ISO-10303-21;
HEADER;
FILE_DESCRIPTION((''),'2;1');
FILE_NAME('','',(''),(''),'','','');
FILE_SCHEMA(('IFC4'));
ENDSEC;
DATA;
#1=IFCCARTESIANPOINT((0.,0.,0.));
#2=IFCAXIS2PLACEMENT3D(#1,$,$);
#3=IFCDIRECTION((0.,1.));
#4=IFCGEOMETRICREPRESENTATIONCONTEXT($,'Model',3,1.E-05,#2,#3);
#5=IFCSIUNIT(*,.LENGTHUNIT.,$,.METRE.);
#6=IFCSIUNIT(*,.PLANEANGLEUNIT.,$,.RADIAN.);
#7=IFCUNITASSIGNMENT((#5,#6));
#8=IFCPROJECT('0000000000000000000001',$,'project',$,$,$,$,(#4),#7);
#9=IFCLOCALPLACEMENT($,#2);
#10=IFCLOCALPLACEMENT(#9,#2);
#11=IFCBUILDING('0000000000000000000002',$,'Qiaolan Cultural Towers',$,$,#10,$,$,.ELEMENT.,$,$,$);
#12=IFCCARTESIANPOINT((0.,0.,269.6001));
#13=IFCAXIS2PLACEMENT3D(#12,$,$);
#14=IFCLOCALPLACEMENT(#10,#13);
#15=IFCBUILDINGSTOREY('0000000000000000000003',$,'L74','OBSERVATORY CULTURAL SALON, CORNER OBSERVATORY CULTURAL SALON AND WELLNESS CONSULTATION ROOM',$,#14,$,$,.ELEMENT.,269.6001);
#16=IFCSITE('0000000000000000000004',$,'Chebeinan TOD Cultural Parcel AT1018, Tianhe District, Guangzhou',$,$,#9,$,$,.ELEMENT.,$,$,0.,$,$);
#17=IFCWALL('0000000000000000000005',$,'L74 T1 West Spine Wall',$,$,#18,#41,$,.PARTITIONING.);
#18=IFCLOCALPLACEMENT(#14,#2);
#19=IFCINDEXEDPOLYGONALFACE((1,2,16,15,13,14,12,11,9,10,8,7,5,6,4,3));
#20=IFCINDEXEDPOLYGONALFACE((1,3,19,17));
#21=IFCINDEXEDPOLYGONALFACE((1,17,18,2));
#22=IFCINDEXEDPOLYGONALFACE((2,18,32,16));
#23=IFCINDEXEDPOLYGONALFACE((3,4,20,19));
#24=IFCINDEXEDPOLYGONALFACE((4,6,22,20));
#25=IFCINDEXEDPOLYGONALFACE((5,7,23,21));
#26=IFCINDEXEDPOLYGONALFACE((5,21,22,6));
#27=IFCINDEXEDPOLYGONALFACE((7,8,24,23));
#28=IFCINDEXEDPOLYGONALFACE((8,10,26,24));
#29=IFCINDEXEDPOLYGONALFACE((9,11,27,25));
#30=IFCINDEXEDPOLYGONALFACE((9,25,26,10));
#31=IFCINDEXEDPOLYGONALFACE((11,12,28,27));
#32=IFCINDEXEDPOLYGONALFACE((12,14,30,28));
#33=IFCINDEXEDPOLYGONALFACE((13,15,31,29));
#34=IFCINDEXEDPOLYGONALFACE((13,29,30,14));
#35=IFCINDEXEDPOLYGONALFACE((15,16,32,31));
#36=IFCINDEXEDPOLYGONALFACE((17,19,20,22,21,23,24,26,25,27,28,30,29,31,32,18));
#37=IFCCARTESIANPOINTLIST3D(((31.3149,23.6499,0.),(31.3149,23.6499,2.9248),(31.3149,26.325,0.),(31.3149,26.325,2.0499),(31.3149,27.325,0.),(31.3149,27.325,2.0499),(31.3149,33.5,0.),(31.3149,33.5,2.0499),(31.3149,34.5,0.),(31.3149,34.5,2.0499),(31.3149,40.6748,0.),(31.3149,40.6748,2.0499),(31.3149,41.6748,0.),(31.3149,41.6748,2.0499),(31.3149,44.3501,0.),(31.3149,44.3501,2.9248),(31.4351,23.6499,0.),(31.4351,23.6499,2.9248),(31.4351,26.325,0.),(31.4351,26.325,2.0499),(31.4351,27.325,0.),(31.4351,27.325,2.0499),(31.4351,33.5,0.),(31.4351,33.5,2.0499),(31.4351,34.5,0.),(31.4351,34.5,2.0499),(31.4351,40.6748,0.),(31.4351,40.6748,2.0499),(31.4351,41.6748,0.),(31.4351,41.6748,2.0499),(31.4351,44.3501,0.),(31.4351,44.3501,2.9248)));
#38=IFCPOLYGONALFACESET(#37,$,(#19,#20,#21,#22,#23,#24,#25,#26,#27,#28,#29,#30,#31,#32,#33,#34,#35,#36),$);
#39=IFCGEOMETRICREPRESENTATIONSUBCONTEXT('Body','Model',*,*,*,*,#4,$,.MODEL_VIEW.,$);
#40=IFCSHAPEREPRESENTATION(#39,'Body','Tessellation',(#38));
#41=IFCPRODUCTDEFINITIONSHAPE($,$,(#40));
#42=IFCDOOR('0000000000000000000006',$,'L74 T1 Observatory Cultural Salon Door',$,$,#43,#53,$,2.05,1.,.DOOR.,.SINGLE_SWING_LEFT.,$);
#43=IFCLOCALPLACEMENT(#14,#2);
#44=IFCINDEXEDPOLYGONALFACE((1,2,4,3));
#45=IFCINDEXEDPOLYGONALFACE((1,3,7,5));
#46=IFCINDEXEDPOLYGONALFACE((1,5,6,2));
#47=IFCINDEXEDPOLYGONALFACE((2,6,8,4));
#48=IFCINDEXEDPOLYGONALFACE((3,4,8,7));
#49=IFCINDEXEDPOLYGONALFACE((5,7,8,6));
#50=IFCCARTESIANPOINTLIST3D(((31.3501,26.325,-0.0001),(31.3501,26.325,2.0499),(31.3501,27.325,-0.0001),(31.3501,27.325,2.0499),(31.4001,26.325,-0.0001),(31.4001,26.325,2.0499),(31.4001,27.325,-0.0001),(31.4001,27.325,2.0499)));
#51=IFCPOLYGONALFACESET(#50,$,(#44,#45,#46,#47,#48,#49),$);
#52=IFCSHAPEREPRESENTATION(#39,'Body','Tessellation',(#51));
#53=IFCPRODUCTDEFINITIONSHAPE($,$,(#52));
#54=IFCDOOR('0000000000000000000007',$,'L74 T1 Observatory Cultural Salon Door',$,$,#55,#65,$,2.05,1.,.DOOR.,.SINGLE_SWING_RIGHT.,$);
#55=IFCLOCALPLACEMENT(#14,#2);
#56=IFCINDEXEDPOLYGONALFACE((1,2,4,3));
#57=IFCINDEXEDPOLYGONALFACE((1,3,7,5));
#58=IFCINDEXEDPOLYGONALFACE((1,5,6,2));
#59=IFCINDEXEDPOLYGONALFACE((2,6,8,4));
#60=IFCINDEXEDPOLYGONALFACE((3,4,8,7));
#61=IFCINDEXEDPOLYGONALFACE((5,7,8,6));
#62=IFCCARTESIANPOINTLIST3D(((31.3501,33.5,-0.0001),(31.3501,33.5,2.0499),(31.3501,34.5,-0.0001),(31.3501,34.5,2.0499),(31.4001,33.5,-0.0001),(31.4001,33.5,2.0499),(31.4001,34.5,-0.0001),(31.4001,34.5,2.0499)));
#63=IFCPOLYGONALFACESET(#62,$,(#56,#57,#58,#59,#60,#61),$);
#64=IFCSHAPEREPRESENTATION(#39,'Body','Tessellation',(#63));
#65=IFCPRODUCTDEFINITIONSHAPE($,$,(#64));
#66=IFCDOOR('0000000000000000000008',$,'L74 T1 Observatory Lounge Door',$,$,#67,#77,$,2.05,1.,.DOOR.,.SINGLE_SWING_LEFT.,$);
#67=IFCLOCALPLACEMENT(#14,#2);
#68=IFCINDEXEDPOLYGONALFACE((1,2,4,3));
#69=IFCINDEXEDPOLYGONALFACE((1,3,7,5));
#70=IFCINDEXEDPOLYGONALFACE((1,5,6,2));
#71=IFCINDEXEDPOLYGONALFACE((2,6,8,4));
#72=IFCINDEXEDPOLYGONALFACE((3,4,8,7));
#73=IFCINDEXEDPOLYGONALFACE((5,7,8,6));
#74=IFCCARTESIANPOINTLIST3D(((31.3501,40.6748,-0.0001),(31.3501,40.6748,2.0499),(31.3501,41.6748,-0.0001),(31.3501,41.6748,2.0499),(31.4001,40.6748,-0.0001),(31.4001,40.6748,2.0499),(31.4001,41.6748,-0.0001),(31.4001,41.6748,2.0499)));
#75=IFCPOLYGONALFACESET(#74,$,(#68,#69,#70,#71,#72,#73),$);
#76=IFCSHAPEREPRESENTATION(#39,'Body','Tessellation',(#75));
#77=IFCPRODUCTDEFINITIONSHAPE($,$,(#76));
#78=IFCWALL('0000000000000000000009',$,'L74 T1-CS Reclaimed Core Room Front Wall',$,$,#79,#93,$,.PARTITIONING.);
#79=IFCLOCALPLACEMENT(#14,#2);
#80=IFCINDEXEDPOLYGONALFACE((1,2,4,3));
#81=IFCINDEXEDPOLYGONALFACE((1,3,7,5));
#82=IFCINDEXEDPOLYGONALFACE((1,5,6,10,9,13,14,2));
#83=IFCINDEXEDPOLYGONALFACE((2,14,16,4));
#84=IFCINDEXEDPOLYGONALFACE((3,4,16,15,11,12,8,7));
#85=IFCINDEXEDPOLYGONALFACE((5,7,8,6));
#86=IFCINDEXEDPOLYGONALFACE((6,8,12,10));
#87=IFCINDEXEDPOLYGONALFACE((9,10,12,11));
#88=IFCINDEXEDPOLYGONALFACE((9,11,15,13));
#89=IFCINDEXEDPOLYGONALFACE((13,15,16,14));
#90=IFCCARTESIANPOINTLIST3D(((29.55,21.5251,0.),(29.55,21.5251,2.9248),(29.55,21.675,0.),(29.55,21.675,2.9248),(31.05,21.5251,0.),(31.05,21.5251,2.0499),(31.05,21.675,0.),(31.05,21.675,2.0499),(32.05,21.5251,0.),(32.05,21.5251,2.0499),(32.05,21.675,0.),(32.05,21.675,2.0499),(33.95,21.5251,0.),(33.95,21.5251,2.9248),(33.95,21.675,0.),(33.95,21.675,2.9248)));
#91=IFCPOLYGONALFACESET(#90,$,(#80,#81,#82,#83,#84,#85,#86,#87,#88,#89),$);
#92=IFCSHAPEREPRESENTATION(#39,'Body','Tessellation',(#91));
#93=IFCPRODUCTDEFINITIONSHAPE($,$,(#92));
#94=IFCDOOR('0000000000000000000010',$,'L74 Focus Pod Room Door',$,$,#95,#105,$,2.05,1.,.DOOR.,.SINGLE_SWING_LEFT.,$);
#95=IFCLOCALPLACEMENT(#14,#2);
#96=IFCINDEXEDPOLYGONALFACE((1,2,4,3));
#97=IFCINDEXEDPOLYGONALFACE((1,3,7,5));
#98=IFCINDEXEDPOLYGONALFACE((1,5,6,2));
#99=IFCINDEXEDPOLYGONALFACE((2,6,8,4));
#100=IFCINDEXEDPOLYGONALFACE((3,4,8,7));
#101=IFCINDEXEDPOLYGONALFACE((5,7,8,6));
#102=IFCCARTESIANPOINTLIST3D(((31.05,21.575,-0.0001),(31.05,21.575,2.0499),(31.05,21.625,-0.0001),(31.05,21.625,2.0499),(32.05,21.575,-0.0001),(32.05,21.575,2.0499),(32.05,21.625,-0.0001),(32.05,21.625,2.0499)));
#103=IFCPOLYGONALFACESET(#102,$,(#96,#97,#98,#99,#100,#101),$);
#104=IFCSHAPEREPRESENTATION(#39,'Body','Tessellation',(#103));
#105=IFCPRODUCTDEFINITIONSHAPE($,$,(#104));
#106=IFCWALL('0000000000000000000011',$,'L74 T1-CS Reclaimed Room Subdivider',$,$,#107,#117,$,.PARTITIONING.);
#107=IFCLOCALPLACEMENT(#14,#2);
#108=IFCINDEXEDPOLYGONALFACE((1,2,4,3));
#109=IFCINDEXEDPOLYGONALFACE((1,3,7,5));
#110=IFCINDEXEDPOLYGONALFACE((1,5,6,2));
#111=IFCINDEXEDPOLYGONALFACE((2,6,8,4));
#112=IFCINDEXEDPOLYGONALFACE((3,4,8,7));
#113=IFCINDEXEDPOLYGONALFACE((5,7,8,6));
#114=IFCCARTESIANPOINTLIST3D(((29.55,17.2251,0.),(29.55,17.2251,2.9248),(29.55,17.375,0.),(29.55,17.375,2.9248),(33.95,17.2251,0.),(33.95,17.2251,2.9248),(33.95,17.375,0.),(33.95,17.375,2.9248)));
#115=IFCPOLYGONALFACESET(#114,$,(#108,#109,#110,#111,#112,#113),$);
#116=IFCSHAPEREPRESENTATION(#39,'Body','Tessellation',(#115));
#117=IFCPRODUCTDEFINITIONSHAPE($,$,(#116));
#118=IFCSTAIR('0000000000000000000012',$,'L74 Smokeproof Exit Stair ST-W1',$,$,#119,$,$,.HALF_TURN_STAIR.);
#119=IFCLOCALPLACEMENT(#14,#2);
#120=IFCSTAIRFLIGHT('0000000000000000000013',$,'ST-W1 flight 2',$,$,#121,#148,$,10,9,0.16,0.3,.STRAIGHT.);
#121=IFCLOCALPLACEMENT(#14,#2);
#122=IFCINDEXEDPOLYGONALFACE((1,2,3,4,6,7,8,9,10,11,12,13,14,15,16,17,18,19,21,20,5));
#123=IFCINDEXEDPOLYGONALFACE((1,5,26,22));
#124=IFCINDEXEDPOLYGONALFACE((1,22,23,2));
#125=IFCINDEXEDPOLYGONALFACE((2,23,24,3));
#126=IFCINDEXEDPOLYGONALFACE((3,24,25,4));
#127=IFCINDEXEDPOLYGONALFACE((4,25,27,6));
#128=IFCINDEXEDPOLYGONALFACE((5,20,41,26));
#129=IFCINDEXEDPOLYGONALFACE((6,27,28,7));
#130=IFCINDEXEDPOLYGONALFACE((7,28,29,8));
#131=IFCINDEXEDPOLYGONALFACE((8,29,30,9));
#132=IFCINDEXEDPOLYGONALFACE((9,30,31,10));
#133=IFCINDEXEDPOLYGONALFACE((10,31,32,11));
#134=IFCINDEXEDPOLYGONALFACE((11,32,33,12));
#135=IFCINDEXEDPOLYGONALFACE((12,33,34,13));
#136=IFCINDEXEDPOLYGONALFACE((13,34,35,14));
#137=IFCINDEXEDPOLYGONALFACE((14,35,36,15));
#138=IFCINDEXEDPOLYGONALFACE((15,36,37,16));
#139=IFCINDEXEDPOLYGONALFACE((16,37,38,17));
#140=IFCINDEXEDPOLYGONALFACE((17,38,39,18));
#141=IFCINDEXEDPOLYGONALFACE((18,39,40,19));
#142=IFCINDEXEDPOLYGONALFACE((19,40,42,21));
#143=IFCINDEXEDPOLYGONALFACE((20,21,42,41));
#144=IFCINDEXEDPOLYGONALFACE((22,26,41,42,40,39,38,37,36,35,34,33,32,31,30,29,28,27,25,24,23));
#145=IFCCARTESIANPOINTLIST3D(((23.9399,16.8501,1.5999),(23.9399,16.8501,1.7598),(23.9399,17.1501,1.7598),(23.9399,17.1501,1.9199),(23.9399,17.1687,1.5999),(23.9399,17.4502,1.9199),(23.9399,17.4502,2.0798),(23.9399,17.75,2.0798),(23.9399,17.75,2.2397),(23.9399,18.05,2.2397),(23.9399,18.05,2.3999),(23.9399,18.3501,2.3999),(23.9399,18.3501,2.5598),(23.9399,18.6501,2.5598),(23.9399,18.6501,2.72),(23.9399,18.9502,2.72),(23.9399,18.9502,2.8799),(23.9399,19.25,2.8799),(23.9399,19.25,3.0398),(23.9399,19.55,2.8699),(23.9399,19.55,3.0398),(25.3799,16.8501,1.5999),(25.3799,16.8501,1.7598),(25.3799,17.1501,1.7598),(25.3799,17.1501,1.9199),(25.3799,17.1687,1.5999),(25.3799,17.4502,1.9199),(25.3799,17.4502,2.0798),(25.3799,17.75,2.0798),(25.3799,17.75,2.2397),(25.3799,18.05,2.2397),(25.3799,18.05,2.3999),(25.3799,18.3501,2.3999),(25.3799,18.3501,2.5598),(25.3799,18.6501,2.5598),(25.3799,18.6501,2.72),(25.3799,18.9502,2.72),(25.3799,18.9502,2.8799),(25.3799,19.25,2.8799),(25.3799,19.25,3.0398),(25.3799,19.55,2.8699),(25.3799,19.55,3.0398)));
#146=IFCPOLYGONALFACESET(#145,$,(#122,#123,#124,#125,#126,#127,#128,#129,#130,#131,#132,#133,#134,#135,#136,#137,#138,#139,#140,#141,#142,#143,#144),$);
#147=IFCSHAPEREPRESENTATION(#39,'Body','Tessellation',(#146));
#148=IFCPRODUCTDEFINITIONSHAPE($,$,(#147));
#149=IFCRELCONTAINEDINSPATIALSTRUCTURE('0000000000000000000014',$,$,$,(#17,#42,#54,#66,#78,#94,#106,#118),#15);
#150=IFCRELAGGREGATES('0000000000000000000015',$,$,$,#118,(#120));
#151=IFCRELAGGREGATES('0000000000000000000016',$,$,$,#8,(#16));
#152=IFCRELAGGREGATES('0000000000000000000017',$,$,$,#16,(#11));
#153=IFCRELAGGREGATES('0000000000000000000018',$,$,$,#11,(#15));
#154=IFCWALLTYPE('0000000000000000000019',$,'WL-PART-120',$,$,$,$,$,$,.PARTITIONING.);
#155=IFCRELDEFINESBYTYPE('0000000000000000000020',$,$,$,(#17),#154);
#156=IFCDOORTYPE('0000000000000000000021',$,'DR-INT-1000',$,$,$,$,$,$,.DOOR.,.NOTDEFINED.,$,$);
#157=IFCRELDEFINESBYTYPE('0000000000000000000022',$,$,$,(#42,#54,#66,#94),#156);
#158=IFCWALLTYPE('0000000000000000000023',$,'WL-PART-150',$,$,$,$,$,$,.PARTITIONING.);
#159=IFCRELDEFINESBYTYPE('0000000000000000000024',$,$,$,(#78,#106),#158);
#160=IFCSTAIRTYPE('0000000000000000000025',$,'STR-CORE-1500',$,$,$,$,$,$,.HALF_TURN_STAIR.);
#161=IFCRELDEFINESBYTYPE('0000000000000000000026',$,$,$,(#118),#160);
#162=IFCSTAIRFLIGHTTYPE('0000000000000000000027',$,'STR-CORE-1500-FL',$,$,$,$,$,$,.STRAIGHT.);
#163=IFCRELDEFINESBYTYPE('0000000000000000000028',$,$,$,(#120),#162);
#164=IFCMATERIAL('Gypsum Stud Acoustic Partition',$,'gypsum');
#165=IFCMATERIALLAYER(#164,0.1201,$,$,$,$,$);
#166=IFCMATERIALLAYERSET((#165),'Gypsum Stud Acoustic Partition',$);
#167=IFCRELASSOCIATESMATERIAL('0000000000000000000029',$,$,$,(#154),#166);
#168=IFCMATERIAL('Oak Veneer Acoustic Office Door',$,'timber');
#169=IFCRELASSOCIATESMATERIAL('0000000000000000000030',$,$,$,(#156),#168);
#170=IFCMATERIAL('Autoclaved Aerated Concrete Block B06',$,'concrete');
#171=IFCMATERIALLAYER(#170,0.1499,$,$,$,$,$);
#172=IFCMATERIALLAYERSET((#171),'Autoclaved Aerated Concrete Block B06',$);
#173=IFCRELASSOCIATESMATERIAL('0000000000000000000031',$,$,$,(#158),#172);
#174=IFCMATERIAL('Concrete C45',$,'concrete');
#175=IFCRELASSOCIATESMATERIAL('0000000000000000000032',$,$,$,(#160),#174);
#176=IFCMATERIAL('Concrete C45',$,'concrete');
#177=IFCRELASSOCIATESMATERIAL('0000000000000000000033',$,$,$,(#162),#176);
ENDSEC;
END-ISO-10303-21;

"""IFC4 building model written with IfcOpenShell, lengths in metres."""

from ifc_helpers import new_model, si_unit, direction, frame, frame_2d, origin, place, context, subcontext, project, spatial, polyline, rectangle, outline, extrude, material, layer, layer_set, type_object, element, fill, aggregate, save


model = new_model("IFC4")

# Units and contexts
model_context = context("Model", 3, precision=1e-05, world=origin(), true_north=direction((0.0, 1.0)))
body_context = subcontext(model_context, "Body", "Model", "MODEL_VIEW")
ifc_project = project(units=[si_unit("LENGTHUNIT", "METRE"), si_unit("PLANEANGLEUNIT", "RADIAN")], contexts=[model_context])

# Site, building, storey
site_placement = place(None, origin())
site = spatial("IfcSite", under=ifc_project, at=site_placement, Name="Chebeinan TOD Cultural Parcel AT1018, Tianhe District, Guangzhou", CompositionType="ELEMENT", RefElevation=0.0)
building_placement = place(site_placement, origin())
building = spatial("IfcBuilding", under=site, at=building_placement, Name="Qiaolan Cultural Towers", CompositionType="ELEMENT")
storey_placement = place(building_placement, frame((0.0, 0.0, 269.6001)))
storey = spatial("IfcBuildingStorey", under=building, at=storey_placement, Name="L74", Description="OBSERVATORY CULTURAL SALON, CORNER OBSERVATORY CULTURAL SALON AND WELLNESS CONSULTATION ROOM", CompositionType="ELEMENT", Elevation=269.6001)

# Shared definitions
ifc_material_1 = material(Name="Gypsum Stud Acoustic Partition", Category="gypsum")
ifc_layer_1 = layer(ifc_material_1, 0.1201)
ifc_layer_set_1 = layer_set([ifc_layer_1], Name="Gypsum Stud Acoustic Partition")
wall_type_1 = type_object("IfcWallType", Name="WL-PART-120", PredefinedType="PARTITIONING", material=ifc_layer_set_1)

# Wall, openings, doors
wall_1_placement = place(storey_placement, frame((31.375, 23.6499, 0.0), z_axis=(0.0, 0.0, 1.0), x_axis=(0.0, 1.0, 0.0)))
wall_1 = element("IfcWall", 1, at=wall_1_placement, inside=storey, type_object=wall_type_1, Name="L74 T1 West Spine Wall", PredefinedType="PARTITIONING", context=body_context, shape_type="SweptSolid", body=[
    extrude(rectangle(XDim=20.7002, YDim=0.1201, at=frame_2d((10.3501, 0.0))), origin(), (0.0, 0.0, 1.0), 2.9248),
])
opening_1_placement = place(wall_1_placement, frame((2.675, 0.0, 0.0)))
opening_1 = element("IfcOpeningElement", 2, at=opening_1_placement, cuts=wall_1, PredefinedType="OPENING", context=body_context, shape_type="SweptSolid", body=[
    extrude(rectangle(XDim=1.0, YDim=2.05, at=frame_2d((0.5, 1.0249))), frame((0.0, 0.0701, 0.0), z_axis=(0.0, -1.0, 0.0), x_axis=(1.0, 0.0, 0.0)), (0.0, 0.0, 1.0), 0.1401),
])
opening_2_placement = place(wall_1_placement, frame((9.8501, 0.0, 0.0)))
opening_2 = element("IfcOpeningElement", 3, at=opening_2_placement, cuts=wall_1, PredefinedType="OPENING", context=body_context, shape_type="SweptSolid", body=[
    extrude(rectangle(XDim=1.0, YDim=2.05, at=frame_2d((0.5, 1.0249))), frame((0.0, 0.0701, 0.0), z_axis=(0.0, -1.0, 0.0), x_axis=(1.0, 0.0, 0.0)), (0.0, 0.0, 1.0), 0.1401),
])
opening_3_placement = place(wall_1_placement, frame((17.0249, 0.0, 0.0)))
opening_3 = element("IfcOpeningElement", 4, at=opening_3_placement, cuts=wall_1, PredefinedType="OPENING", context=body_context, shape_type="SweptSolid", body=[
    extrude(rectangle(XDim=1.0, YDim=2.05, at=frame_2d((0.5, 1.0249))), frame((0.0, 0.0701, 0.0), z_axis=(0.0, -1.0, 0.0), x_axis=(1.0, 0.0, 0.0)), (0.0, 0.0, 1.0), 0.1401),
])
ifc_material_2 = material(Name="Oak Veneer Acoustic Office Door", Category="timber")
door_type_1 = type_object("IfcDoorType", Name="DR-INT-1000", OperationType="NOTDEFINED", PredefinedType="DOOR", material=ifc_material_2)
door_1_placement = place(opening_1_placement, origin())
door_1 = element("IfcDoor", 5, at=door_1_placement, inside=storey, type_object=door_type_1, Name="L74 T1 Observatory Cultural Salon Door", OperationType="SINGLE_SWING_LEFT", OverallHeight=2.05, OverallWidth=1.0, PredefinedType="DOOR", context=body_context, shape_type="SweptSolid", body=[
    extrude(rectangle(XDim=1.0, YDim=2.05, at=frame_2d((0.5, 1.0249))), frame((0.0, 0.0249, 0.0), z_axis=(0.0, -1.0, 0.0), x_axis=(1.0, 0.0, 0.0)), (0.0, 0.0, 1.0), 0.05),
])
fill(opening_1, door_1)
door_2_placement = place(opening_2_placement, origin())
door_2 = element("IfcDoor", 6, at=door_2_placement, inside=storey, type_object=door_type_1, Name="L74 T1 Observatory Cultural Salon Door", OperationType="SINGLE_SWING_RIGHT", OverallHeight=2.05, OverallWidth=1.0, PredefinedType="DOOR", context=body_context, shape_type="SweptSolid", body=[
    extrude(rectangle(XDim=1.0, YDim=2.05, at=frame_2d((0.5, 1.0249))), frame((0.0, 0.0249, 0.0), z_axis=(0.0, -1.0, 0.0), x_axis=(1.0, 0.0, 0.0)), (0.0, 0.0, 1.0), 0.05),
])
fill(opening_2, door_2)
door_3_placement = place(opening_3_placement, origin())
door_3 = element("IfcDoor", 7, at=door_3_placement, inside=storey, type_object=door_type_1, Name="L74 T1 Observatory Lounge Door", OperationType="SINGLE_SWING_LEFT", OverallHeight=2.05, OverallWidth=1.0, PredefinedType="DOOR", context=body_context, shape_type="SweptSolid", body=[
    extrude(rectangle(XDim=1.0, YDim=2.05, at=frame_2d((0.5, 1.0249))), frame((0.0, 0.0249, 0.0), z_axis=(0.0, -1.0, 0.0), x_axis=(1.0, 0.0, 0.0)), (0.0, 0.0, 1.0), 0.05),
])
fill(opening_3, door_3)

# Wall, opening, door
ifc_material_3 = material(Name="Autoclaved Aerated Concrete Block B06", Category="concrete")
ifc_layer_2 = layer(ifc_material_3, 0.1499)
ifc_layer_set_2 = layer_set([ifc_layer_2], Name="Autoclaved Aerated Concrete Block B06")
wall_type_2 = type_object("IfcWallType", Name="WL-PART-150", PredefinedType="PARTITIONING", material=ifc_layer_set_2)
wall_2_placement = place(storey_placement, frame((29.55, 21.6001, 0.0), z_axis=(0.0, 0.0, 1.0), x_axis=(1.0, 0.0, 0.0)))
wall_2 = element("IfcWall", 8, at=wall_2_placement, inside=storey, type_object=wall_type_2, Name="L74 T1-CS Reclaimed Core Room Front Wall", PredefinedType="PARTITIONING", context=body_context, shape_type="SweptSolid", body=[
    extrude(rectangle(XDim=4.3999, YDim=0.1499, at=frame_2d((2.2, 0.0))), origin(), (0.0, 0.0, 1.0), 2.9248),
])
opening_4_placement = place(wall_2_placement, frame((1.5, 0.0, 0.0)))
opening_4 = element("IfcOpeningElement", 9, at=opening_4_placement, cuts=wall_2, PredefinedType="OPENING", context=body_context, shape_type="SweptSolid", body=[
    extrude(rectangle(XDim=1.0, YDim=2.05, at=frame_2d((0.5, 1.0249))), frame((0.0, 0.085, 0.0), z_axis=(0.0, -1.0, 0.0), x_axis=(1.0, 0.0, 0.0)), (0.0, 0.0, 1.0), 0.1699),
])
door_4_placement = place(opening_4_placement, origin())
door_4 = element("IfcDoor", 10, at=door_4_placement, inside=storey, type_object=door_type_1, Name="L74 Focus Pod Room Door", OperationType="SINGLE_SWING_LEFT", OverallHeight=2.05, OverallWidth=1.0, PredefinedType="DOOR", context=body_context, shape_type="SweptSolid", body=[
    extrude(rectangle(XDim=1.0, YDim=2.05, at=frame_2d((0.5, 1.0249))), frame((0.0, 0.0249, 0.0), z_axis=(0.0, -1.0, 0.0), x_axis=(1.0, 0.0, 0.0)), (0.0, 0.0, 1.0), 0.05),
])
fill(opening_4, door_4)

# Wall
wall_3_placement = place(storey_placement, frame((29.55, 17.3, 0.0), z_axis=(0.0, 0.0, 1.0), x_axis=(1.0, 0.0, 0.0)))
element("IfcWall", 11, at=wall_3_placement, inside=storey, type_object=wall_type_2, Name="L74 T1-CS Reclaimed Room Subdivider", PredefinedType="PARTITIONING", context=body_context, shape_type="SweptSolid", body=[
    extrude(rectangle(XDim=4.3999, YDim=0.1499, at=frame_2d((2.2, 0.0))), origin(), (0.0, 0.0, 1.0), 2.9248),
])

# Stair, stair flight
ifc_material_4 = material(Name="Concrete C45", Category="concrete")
stair_type = type_object("IfcStairType", Name="STR-CORE-1500", PredefinedType="HALF_TURN_STAIR", material=ifc_material_4)
stair_placement = place(storey_placement, origin())
stair = element("IfcStair", 12, at=stair_placement, inside=storey, type_object=stair_type, Name="L74 Smokeproof Exit Stair ST-W1", PredefinedType="HALF_TURN_STAIR")
ifc_material_5 = material(Name="Concrete C45", Category="concrete")
stair_flight_type = type_object("IfcStairFlightType", Name="STR-CORE-1500-FL", PredefinedType="STRAIGHT", material=ifc_material_5)
stair_flight_placement = place(storey_placement, frame((24.6599, 16.8501, 1.5999), z_axis=(0.0, 0.0, 1.0), x_axis=(0.0, 1.0, 0.0)))
stair_flight = element("IfcStairFlight", 13, at=stair_flight_placement, type_object=stair_flight_type, Name="ST-W1 flight 2", NumberOfRisers=10, NumberOfTreads=9, PredefinedType="STRAIGHT", RiserHeight=0.16, TreadLength=0.3, context=body_context, shape_type="SweptSolid", body=[
    extrude(outline(polyline([(0.0, 0.0), (0.0, 0.1599), (0.3, 0.1599), (0.3, 0.3201), (0.6001, 0.3201), (0.6001, 0.48), (0.8999, 0.48), (0.8999, 0.6399), (1.2, 0.6399), (1.2, 0.8), (1.5, 0.8), (1.5, 0.96), (1.8, 0.96), (1.8, 1.1201), (2.1001, 1.1201), (2.1001, 1.28), (2.3999, 1.28), (2.3999, 1.4399), (2.7, 1.4399), (2.7, 1.6001), (2.7, 1.27), (0.3186, 0.0), (0.0, 0.0)])), frame((0.0, 0.72, 0.0), z_axis=(0.0, -1.0, 0.0), x_axis=(1.0, 0.0, 0.0)), (0.0, 0.0, 1.0), 1.4399),
])
aggregate(stair, [stair_flight])

save(model, "model.ifc")
